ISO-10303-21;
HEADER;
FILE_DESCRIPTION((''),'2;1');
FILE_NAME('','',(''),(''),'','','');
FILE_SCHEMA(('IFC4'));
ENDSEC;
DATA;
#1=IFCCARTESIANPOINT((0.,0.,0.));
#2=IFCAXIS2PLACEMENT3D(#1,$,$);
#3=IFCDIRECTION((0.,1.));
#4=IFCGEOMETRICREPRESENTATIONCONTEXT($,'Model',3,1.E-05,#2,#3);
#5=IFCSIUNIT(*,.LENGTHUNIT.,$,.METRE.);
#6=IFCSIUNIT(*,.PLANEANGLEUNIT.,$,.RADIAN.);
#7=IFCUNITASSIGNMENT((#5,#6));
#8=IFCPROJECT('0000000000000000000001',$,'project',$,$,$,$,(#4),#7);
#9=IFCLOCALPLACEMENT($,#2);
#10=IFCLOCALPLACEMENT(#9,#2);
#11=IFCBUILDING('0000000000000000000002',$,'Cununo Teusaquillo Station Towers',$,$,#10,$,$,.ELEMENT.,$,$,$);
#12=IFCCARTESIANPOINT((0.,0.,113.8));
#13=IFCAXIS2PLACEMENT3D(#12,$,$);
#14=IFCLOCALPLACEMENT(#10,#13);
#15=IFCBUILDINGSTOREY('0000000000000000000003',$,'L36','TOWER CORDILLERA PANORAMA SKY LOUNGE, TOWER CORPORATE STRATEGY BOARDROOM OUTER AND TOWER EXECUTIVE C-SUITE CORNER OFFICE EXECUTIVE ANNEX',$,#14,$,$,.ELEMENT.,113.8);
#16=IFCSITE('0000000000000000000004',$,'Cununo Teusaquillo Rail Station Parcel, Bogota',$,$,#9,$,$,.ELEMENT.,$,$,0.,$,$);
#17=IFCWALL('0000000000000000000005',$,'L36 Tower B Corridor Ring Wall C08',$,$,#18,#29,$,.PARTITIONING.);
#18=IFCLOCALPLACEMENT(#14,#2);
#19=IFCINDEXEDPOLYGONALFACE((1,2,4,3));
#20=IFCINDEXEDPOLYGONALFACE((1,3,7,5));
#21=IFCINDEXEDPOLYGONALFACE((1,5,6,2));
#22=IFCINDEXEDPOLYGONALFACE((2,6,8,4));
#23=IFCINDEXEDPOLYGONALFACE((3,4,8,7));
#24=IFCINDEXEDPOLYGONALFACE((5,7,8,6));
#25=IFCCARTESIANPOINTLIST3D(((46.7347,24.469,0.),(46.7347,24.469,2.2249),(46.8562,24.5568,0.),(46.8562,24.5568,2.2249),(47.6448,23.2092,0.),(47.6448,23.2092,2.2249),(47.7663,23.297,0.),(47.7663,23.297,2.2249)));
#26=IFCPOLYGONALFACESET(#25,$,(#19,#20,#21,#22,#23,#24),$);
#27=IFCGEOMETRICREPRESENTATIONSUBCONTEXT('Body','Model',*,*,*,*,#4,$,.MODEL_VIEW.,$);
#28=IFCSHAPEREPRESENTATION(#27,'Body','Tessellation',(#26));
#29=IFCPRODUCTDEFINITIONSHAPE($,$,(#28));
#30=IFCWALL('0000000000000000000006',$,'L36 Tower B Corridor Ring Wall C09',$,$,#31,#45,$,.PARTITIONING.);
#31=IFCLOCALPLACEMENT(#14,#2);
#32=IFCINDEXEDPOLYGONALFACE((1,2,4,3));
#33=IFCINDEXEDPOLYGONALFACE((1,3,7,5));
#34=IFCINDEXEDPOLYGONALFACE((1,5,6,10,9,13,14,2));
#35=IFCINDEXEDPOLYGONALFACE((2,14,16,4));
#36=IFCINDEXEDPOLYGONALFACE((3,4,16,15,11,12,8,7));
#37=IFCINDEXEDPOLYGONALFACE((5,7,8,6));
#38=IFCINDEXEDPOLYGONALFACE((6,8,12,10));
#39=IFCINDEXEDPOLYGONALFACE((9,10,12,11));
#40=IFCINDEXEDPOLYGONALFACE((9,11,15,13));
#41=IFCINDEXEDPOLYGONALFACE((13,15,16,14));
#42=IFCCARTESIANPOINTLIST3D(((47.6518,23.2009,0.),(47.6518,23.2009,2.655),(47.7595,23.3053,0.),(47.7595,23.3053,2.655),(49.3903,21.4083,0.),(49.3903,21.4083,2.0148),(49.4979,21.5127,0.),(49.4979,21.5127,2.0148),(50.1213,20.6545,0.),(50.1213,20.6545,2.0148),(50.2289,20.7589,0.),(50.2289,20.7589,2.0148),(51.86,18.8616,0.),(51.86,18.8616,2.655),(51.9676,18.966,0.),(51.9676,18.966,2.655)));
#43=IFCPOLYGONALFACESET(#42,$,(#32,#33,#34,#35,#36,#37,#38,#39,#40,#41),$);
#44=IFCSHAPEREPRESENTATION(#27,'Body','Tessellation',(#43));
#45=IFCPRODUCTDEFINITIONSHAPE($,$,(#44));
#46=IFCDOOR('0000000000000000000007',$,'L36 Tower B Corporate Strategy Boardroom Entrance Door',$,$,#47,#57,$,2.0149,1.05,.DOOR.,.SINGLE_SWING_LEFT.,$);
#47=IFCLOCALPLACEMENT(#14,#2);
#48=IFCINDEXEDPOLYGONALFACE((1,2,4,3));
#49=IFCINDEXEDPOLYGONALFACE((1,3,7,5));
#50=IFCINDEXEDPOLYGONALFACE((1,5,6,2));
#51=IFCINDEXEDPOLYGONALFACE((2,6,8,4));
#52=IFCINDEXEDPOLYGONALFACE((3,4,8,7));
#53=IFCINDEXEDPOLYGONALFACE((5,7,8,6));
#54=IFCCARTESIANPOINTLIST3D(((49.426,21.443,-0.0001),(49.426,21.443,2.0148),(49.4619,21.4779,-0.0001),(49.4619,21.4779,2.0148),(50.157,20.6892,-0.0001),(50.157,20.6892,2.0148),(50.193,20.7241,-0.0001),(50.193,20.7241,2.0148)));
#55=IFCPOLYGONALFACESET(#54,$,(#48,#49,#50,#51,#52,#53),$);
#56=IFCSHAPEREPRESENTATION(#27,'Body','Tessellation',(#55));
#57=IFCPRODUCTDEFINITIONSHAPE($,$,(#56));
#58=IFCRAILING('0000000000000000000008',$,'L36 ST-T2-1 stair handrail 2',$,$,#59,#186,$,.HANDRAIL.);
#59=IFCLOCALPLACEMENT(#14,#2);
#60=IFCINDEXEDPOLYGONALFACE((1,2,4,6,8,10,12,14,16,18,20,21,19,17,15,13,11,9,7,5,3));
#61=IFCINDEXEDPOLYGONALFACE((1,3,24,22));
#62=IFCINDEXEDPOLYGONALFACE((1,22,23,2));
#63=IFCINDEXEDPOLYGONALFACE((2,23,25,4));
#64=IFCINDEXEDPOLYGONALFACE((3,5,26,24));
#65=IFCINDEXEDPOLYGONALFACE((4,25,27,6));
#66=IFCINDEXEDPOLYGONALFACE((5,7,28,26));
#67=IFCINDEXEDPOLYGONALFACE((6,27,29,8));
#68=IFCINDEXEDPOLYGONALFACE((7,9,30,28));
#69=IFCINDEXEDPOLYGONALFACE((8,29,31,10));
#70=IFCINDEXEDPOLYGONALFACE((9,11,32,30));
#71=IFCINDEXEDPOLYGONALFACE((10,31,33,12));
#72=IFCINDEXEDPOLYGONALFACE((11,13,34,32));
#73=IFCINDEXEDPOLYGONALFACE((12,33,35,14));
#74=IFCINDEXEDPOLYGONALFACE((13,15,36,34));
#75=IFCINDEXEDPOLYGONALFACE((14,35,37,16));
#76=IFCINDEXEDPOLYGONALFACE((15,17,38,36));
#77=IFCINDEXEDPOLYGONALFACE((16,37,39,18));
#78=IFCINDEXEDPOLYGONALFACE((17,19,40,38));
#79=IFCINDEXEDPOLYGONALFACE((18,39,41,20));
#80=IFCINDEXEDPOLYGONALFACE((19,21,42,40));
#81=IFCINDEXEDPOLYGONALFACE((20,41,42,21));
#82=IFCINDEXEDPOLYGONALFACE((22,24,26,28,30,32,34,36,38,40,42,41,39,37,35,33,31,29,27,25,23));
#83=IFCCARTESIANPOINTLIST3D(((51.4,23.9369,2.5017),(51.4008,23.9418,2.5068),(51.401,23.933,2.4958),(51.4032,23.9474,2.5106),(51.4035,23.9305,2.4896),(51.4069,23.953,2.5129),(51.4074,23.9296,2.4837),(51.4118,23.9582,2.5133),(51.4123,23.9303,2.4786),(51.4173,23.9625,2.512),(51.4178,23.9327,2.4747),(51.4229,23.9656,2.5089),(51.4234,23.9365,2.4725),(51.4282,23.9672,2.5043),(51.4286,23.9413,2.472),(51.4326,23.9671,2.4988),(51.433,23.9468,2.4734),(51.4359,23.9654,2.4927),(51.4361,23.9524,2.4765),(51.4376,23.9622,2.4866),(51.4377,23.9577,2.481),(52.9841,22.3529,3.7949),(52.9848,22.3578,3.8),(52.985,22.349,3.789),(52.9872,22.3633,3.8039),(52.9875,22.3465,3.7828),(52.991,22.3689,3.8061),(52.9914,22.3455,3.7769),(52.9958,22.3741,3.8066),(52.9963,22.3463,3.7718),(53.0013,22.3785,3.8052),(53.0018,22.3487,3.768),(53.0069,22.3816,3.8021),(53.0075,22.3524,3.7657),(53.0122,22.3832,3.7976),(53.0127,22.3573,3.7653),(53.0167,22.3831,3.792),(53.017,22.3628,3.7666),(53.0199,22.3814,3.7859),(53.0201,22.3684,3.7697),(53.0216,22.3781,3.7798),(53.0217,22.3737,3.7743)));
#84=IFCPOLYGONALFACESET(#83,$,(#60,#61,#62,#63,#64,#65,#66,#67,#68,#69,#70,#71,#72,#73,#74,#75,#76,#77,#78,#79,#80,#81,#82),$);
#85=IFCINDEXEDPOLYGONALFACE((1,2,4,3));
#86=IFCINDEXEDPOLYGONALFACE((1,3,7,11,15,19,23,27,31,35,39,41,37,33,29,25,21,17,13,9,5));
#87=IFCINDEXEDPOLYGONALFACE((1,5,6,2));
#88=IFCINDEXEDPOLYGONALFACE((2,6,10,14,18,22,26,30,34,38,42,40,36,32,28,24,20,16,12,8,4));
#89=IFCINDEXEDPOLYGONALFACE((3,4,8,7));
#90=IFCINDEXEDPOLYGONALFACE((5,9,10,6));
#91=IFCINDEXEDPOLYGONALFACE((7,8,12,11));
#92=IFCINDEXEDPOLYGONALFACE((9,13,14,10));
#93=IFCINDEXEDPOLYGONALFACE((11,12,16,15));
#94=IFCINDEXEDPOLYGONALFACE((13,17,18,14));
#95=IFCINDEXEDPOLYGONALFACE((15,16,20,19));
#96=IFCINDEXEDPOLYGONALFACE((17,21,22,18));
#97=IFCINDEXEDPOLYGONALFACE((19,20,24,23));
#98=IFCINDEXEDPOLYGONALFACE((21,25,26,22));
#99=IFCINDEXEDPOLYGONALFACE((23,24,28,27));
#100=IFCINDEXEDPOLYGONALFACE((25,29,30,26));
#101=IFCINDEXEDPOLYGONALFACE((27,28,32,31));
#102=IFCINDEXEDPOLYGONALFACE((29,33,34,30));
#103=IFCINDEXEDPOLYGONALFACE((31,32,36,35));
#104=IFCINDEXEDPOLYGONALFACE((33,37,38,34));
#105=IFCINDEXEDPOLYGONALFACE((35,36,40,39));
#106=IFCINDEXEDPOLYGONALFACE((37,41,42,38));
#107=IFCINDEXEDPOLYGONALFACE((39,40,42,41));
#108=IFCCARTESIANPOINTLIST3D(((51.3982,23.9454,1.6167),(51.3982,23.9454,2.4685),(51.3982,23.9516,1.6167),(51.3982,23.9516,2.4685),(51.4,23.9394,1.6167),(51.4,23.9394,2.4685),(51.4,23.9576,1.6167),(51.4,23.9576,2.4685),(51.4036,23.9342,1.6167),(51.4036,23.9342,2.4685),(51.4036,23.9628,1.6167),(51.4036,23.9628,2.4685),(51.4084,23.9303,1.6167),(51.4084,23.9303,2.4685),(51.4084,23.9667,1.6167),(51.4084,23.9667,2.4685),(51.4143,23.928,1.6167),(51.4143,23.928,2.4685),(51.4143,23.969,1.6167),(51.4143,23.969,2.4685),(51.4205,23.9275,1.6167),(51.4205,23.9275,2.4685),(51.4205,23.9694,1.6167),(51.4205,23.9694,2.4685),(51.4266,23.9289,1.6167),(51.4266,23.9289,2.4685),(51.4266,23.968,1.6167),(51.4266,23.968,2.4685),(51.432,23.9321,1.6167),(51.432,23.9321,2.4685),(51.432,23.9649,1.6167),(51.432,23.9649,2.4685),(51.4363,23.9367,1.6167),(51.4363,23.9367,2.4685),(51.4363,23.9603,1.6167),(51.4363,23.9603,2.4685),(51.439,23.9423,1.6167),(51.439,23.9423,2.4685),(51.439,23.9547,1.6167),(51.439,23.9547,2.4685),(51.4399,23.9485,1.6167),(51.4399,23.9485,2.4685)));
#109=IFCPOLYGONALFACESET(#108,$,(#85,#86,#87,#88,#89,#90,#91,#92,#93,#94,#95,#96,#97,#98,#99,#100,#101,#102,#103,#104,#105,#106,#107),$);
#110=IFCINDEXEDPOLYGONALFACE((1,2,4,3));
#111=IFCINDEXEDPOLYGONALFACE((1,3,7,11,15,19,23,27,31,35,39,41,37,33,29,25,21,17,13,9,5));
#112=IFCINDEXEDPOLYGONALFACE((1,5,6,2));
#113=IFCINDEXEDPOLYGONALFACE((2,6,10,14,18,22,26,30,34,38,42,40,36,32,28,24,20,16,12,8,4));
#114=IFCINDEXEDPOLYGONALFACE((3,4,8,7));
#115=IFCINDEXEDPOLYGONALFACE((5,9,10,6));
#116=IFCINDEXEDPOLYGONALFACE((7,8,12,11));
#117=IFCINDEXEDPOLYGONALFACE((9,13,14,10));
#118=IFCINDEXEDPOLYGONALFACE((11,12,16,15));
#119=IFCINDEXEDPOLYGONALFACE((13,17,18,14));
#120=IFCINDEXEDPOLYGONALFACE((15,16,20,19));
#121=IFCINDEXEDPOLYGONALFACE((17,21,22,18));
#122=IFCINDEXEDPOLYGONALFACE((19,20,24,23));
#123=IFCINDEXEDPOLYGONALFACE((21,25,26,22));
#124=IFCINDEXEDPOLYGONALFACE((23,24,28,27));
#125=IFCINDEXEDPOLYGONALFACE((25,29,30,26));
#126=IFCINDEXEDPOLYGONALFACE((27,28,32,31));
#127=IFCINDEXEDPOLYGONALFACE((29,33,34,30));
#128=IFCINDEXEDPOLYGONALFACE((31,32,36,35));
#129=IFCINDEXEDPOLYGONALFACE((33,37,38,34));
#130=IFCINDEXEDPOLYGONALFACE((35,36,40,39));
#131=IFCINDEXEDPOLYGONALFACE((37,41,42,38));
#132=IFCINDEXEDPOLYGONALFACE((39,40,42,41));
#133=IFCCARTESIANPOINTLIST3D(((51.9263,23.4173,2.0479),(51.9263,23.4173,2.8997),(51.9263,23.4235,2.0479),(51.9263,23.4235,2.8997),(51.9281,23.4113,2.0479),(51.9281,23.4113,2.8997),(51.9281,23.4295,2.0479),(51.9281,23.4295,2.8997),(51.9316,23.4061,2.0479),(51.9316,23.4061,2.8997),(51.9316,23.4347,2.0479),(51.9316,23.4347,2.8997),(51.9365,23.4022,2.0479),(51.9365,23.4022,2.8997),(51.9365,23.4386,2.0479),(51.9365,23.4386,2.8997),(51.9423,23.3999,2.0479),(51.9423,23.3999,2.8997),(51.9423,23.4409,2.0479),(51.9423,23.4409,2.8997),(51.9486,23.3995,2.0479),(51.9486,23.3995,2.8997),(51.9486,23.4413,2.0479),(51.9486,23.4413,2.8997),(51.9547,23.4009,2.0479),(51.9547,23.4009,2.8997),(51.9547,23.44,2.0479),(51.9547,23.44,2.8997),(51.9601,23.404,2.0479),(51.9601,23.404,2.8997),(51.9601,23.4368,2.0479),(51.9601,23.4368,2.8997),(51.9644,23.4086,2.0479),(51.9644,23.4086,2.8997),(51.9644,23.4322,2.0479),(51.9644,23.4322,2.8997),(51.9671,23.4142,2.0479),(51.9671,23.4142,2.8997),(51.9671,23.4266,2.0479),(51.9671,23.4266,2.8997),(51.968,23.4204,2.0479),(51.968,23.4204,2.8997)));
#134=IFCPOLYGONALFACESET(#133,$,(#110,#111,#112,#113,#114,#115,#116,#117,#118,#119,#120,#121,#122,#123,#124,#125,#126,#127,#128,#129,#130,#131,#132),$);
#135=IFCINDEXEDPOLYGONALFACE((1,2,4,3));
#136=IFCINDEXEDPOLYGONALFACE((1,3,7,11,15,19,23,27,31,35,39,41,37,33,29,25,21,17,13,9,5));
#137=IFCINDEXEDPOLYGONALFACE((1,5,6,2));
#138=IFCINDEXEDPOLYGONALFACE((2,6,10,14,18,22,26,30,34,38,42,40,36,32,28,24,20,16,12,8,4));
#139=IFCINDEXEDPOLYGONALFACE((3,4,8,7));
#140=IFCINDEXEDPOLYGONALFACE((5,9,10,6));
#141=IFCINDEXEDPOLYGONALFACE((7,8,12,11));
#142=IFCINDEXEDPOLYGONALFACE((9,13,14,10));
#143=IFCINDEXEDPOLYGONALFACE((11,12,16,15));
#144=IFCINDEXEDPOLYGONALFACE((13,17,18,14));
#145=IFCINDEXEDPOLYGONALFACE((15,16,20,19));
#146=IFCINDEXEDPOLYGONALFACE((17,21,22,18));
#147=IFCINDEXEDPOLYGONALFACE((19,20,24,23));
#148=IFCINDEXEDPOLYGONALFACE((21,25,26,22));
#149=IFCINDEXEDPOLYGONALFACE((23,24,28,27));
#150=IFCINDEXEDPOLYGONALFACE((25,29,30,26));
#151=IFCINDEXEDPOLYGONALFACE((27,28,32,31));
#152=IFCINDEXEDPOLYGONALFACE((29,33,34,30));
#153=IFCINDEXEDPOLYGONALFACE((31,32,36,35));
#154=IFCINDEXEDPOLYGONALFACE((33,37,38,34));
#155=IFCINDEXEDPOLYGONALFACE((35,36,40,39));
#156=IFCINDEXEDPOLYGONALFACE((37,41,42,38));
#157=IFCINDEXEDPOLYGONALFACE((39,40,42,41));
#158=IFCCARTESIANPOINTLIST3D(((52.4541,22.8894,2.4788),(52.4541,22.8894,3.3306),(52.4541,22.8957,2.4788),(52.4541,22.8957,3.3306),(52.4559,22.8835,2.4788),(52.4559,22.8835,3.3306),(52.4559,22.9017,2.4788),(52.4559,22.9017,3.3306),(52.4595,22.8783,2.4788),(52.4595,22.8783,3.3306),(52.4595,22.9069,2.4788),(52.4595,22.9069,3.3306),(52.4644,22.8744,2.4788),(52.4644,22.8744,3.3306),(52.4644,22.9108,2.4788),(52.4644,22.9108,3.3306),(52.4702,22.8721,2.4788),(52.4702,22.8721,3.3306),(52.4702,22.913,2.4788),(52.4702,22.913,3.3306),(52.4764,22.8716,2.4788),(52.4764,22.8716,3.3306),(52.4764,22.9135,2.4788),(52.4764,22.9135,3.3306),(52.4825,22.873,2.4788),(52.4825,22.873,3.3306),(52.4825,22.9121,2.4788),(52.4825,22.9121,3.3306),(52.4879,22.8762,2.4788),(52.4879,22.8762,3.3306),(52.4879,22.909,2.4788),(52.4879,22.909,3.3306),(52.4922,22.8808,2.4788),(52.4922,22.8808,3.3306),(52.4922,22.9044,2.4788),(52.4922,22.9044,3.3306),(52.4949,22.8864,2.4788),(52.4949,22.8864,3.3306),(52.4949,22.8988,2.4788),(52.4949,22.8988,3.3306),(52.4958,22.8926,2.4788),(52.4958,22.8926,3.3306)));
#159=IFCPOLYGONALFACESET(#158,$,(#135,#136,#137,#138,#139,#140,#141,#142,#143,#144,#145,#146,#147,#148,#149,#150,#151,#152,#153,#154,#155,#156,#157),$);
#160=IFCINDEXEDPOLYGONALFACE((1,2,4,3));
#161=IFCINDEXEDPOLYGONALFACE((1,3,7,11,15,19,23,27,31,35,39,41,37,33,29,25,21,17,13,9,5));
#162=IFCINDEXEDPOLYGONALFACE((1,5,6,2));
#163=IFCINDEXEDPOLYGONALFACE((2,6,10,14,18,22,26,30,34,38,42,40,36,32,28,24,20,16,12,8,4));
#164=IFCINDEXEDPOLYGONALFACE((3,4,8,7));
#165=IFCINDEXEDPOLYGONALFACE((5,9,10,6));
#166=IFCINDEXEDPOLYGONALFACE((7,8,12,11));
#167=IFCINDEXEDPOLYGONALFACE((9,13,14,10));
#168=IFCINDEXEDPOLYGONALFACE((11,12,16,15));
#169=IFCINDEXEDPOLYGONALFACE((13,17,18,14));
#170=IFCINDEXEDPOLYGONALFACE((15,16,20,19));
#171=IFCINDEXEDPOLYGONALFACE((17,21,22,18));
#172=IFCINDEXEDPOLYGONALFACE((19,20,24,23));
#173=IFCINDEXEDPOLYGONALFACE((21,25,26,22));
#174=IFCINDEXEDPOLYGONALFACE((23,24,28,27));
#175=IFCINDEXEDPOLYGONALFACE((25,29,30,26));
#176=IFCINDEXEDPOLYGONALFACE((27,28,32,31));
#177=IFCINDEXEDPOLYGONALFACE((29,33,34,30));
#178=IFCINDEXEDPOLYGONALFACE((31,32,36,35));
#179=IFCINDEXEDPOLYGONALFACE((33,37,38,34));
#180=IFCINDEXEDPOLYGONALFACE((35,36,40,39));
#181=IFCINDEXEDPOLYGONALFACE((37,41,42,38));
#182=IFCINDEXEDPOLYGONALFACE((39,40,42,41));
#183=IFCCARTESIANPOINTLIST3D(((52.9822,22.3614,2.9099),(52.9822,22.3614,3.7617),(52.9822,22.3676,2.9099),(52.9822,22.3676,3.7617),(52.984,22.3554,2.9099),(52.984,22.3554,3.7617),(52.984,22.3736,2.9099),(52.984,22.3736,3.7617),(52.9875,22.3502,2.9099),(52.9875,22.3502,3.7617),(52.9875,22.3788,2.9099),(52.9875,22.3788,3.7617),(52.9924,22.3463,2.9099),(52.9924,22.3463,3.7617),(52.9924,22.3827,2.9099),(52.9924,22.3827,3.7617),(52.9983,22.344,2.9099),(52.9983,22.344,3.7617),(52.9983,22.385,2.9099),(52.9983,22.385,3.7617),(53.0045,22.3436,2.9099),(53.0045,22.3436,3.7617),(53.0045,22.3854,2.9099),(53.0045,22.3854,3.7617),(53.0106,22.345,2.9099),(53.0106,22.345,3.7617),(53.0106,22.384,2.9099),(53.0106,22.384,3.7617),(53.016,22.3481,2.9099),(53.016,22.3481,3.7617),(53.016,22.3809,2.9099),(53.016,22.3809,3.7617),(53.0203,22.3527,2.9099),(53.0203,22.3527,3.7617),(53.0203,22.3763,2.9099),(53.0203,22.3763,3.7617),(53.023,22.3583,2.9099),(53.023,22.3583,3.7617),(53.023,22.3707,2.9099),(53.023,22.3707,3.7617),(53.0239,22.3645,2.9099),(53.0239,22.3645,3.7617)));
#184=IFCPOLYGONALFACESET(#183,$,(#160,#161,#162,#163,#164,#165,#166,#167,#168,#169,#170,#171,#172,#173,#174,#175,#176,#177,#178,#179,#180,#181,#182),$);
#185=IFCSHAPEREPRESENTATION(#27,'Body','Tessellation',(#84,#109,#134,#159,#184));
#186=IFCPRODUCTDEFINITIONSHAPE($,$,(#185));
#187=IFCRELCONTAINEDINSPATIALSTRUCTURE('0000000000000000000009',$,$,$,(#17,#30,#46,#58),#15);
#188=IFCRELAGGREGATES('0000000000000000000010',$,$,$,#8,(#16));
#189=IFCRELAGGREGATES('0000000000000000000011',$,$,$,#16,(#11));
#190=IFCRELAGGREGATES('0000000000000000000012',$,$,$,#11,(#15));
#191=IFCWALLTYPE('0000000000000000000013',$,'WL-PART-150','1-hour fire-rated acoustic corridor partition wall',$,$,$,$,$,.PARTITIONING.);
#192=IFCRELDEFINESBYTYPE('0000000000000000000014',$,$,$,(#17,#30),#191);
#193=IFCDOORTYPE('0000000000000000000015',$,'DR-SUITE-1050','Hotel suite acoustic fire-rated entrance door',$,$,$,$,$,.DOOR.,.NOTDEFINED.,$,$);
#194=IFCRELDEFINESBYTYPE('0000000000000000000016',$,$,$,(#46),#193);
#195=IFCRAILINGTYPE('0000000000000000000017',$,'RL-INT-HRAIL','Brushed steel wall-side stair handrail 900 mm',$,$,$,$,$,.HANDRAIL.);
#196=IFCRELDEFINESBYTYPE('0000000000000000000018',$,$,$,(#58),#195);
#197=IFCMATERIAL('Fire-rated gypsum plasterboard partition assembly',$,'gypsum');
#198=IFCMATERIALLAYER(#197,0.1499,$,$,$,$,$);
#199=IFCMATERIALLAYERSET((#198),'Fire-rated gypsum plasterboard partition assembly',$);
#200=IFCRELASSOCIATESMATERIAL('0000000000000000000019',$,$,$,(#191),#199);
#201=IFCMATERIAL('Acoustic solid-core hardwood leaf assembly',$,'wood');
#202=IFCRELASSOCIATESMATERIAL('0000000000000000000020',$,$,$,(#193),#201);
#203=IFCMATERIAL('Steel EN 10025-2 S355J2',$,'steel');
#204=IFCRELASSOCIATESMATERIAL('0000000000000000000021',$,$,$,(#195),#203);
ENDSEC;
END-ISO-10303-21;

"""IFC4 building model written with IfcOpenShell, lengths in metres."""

from ifc_helpers import new_model, si_unit, direction, frame, frame_2d, origin, origin_2d, place, context, subcontext, project, spatial, rectangle, circle, extrude, source, transform, mapped, material, layer, layer_set, type_object, element, fill, save


model = new_model("IFC4")

# Units and contexts
model_context = context("Model", 3, precision=1e-05, world=origin(), true_north=direction((0.0, 1.0)))
body_context = subcontext(model_context, "Body", "Model", "MODEL_VIEW")
ifc_project = project(units=[si_unit("LENGTHUNIT", "METRE"), si_unit("PLANEANGLEUNIT", "RADIAN")], contexts=[model_context])

# Site, building, storey
site_placement = place(None, origin())
site = spatial("IfcSite", under=ifc_project, at=site_placement, Name="Cununo Teusaquillo Rail Station Parcel, Bogota", CompositionType="ELEMENT", RefElevation=0.0)
building_placement = place(site_placement, origin())
building = spatial("IfcBuilding", under=site, at=building_placement, Name="Cununo Teusaquillo Station Towers", CompositionType="ELEMENT")
storey_placement = place(building_placement, frame((0.0, 0.0, 113.8)))
storey = spatial("IfcBuildingStorey", under=building, at=storey_placement, Name="L36", Description="TOWER CORDILLERA PANORAMA SKY LOUNGE, TOWER CORPORATE STRATEGY BOARDROOM OUTER AND TOWER EXECUTIVE C-SUITE CORNER OFFICE EXECUTIVE ANNEX", CompositionType="ELEMENT", Elevation=113.8)

# Wall
ifc_material_1 = material(Name="Fire-rated gypsum plasterboard partition assembly", Category="gypsum")
ifc_layer_1 = layer(ifc_material_1, 0.1499)
ifc_layer_set_1 = layer_set([ifc_layer_1], Name="Fire-rated gypsum plasterboard partition assembly")
wall_type_1 = type_object("IfcWallType", Name="WL-PART-150", Description="1-hour fire-rated acoustic corridor partition wall", PredefinedType="PARTITIONING", material=ifc_layer_set_1)
wall_1_placement = place(storey_placement, frame((46.7954, 24.5129, 0.0), z_axis=(0.0, 0.0, 1.0), x_axis=(0.585628, -0.81058, 0.0)))
element("IfcWall", 1, at=wall_1_placement, inside=storey, type_object=wall_type_1, Name="L36 Tower B Corridor Ring Wall C08", PredefinedType="PARTITIONING", context=body_context, shape_type="SweptSolid", body=[
    extrude(rectangle(XDim=1.5542, YDim=0.1499, at=frame_2d((0.7771, 0.0))), origin(), (0.0, 0.0, 1.0), 2.2249),
])

# Wall, opening, door
wall_2_placement = place(storey_placement, frame((47.7056, 23.2532, 0.0), z_axis=(0.0, 0.0, 1.0), x_axis=(0.696179, -0.717868, 0.0)))
wall_2 = element("IfcWall", 2, at=wall_2_placement, inside=storey, type_object=wall_type_1, Name="L36 Tower B Corridor Ring Wall C09", PredefinedType="PARTITIONING", context=body_context, shape_type="SweptSolid", body=[
    extrude(rectangle(XDim=6.0447, YDim=0.1499, at=frame_2d((3.0225, 0.0))), origin(), (0.0, 0.0, 1.0), 2.655),
])
shared_shape_1 = source(origin(), body_context, "Body", "SweptSolid", [
    extrude(rectangle(XDim=1.05, YDim=2.0149, at=frame_2d((0.5249, 1.0073))), frame((0.0, 0.085, 0.0), z_axis=(0.0, -1.0, 0.0), x_axis=(1.0, 0.0, 0.0)), (0.0, 0.0, 1.0), 0.1699),
])
opening_1_placement = place(wall_2_placement, frame((2.4973, 0.0, 0.0)))
opening_1 = element("IfcOpeningElement", 3, at=opening_1_placement, cuts=wall_2, PredefinedType="OPENING", context=body_context, shape_type="MappedRepresentation", body=[
    mapped(shared_shape_1, transform((0.0, 0.0, 0.0), x_axis=(1.0, 0.0, 0.0), y_axis=(0.0, 1.0, 0.0), z_axis=(0.0, 0.0, 1.0), scale=1.0)),
])
ifc_material_2 = material(Name="Acoustic solid-core hardwood leaf assembly", Category="wood")
door_type_1 = type_object("IfcDoorType", Name="DR-SUITE-1050", Description="Hotel suite acoustic fire-rated entrance door", OperationType="NOTDEFINED", PredefinedType="DOOR", material=ifc_material_2)
shared_shape_2 = source(origin(), body_context, "Body", "SweptSolid", [
    extrude(rectangle(XDim=1.05, YDim=2.0149, at=frame_2d((0.5249, 1.0073))), frame((0.0, 0.0249, 0.0), z_axis=(0.0, -1.0, 0.0), x_axis=(1.0, 0.0, 0.0)), (0.0, 0.0, 1.0), 0.05),
])
door_1_placement = place(opening_1_placement, origin())
door_1 = element("IfcDoor", 4, at=door_1_placement, inside=storey, type_object=door_type_1, Name="L36 Tower B Corporate Strategy Boardroom Entrance Door", OperationType="SINGLE_SWING_LEFT", OverallHeight=2.0149, OverallWidth=1.05, PredefinedType="DOOR", context=body_context, shape_type="MappedRepresentation", body=[
    mapped(shared_shape_2, transform((0.0, 0.0, 0.0), x_axis=(1.0, 0.0, 0.0), y_axis=(0.0, 1.0, 0.0), z_axis=(0.0, 0.0, 1.0), scale=1.0)),
])
fill(opening_1, door_1)

# Railing
ifc_material_3 = material(Name="Steel EN 10025-2 S355J2", Category="steel")
railing_type = type_object("IfcRailingType", Name="RL-INT-HRAIL", Description="Brushed steel wall-side stair handrail 900 mm", PredefinedType="HANDRAIL", material=ifc_material_3)
railing_placement = place(storey_placement, frame((51.4189, 23.9485, 1.6167)))
element("IfcRailing", 5, at=railing_placement, inside=storey, type_object=railing_type, Name="L36 ST-T2-1 stair handrail 2", PredefinedType="HANDRAIL", context=body_context, shape_type="SweptSolid", body=[
    extrude(circle(Radius=0.0239, at=origin_2d()), frame((0.0, 0.0, 0.876), z_axis=(0.612385, -0.612385, 0.49997), x_axis=(0.707107, 0.707107, 0.0)), (0.0, 0.0, 1.0), 2.5867),
    extrude(circle(Radius=0.021, at=origin_2d()), origin(), (0.0, 0.0, 1.0), 0.8518),
    extrude(circle(Radius=0.021, at=origin_2d()), frame((0.5281, -0.5281, 0.4312)), (0.0, 0.0, 1.0), 0.8518),
    extrude(circle(Radius=0.021, at=origin_2d()), frame((1.0559, -1.0559, 0.8621)), (0.0, 0.0, 1.0), 0.8518),
    extrude(circle(Radius=0.021, at=origin_2d()), frame((1.584, -1.584, 1.2932)), (0.0, 0.0, 1.0), 0.8518),
])

save(model, "model.ifc")
